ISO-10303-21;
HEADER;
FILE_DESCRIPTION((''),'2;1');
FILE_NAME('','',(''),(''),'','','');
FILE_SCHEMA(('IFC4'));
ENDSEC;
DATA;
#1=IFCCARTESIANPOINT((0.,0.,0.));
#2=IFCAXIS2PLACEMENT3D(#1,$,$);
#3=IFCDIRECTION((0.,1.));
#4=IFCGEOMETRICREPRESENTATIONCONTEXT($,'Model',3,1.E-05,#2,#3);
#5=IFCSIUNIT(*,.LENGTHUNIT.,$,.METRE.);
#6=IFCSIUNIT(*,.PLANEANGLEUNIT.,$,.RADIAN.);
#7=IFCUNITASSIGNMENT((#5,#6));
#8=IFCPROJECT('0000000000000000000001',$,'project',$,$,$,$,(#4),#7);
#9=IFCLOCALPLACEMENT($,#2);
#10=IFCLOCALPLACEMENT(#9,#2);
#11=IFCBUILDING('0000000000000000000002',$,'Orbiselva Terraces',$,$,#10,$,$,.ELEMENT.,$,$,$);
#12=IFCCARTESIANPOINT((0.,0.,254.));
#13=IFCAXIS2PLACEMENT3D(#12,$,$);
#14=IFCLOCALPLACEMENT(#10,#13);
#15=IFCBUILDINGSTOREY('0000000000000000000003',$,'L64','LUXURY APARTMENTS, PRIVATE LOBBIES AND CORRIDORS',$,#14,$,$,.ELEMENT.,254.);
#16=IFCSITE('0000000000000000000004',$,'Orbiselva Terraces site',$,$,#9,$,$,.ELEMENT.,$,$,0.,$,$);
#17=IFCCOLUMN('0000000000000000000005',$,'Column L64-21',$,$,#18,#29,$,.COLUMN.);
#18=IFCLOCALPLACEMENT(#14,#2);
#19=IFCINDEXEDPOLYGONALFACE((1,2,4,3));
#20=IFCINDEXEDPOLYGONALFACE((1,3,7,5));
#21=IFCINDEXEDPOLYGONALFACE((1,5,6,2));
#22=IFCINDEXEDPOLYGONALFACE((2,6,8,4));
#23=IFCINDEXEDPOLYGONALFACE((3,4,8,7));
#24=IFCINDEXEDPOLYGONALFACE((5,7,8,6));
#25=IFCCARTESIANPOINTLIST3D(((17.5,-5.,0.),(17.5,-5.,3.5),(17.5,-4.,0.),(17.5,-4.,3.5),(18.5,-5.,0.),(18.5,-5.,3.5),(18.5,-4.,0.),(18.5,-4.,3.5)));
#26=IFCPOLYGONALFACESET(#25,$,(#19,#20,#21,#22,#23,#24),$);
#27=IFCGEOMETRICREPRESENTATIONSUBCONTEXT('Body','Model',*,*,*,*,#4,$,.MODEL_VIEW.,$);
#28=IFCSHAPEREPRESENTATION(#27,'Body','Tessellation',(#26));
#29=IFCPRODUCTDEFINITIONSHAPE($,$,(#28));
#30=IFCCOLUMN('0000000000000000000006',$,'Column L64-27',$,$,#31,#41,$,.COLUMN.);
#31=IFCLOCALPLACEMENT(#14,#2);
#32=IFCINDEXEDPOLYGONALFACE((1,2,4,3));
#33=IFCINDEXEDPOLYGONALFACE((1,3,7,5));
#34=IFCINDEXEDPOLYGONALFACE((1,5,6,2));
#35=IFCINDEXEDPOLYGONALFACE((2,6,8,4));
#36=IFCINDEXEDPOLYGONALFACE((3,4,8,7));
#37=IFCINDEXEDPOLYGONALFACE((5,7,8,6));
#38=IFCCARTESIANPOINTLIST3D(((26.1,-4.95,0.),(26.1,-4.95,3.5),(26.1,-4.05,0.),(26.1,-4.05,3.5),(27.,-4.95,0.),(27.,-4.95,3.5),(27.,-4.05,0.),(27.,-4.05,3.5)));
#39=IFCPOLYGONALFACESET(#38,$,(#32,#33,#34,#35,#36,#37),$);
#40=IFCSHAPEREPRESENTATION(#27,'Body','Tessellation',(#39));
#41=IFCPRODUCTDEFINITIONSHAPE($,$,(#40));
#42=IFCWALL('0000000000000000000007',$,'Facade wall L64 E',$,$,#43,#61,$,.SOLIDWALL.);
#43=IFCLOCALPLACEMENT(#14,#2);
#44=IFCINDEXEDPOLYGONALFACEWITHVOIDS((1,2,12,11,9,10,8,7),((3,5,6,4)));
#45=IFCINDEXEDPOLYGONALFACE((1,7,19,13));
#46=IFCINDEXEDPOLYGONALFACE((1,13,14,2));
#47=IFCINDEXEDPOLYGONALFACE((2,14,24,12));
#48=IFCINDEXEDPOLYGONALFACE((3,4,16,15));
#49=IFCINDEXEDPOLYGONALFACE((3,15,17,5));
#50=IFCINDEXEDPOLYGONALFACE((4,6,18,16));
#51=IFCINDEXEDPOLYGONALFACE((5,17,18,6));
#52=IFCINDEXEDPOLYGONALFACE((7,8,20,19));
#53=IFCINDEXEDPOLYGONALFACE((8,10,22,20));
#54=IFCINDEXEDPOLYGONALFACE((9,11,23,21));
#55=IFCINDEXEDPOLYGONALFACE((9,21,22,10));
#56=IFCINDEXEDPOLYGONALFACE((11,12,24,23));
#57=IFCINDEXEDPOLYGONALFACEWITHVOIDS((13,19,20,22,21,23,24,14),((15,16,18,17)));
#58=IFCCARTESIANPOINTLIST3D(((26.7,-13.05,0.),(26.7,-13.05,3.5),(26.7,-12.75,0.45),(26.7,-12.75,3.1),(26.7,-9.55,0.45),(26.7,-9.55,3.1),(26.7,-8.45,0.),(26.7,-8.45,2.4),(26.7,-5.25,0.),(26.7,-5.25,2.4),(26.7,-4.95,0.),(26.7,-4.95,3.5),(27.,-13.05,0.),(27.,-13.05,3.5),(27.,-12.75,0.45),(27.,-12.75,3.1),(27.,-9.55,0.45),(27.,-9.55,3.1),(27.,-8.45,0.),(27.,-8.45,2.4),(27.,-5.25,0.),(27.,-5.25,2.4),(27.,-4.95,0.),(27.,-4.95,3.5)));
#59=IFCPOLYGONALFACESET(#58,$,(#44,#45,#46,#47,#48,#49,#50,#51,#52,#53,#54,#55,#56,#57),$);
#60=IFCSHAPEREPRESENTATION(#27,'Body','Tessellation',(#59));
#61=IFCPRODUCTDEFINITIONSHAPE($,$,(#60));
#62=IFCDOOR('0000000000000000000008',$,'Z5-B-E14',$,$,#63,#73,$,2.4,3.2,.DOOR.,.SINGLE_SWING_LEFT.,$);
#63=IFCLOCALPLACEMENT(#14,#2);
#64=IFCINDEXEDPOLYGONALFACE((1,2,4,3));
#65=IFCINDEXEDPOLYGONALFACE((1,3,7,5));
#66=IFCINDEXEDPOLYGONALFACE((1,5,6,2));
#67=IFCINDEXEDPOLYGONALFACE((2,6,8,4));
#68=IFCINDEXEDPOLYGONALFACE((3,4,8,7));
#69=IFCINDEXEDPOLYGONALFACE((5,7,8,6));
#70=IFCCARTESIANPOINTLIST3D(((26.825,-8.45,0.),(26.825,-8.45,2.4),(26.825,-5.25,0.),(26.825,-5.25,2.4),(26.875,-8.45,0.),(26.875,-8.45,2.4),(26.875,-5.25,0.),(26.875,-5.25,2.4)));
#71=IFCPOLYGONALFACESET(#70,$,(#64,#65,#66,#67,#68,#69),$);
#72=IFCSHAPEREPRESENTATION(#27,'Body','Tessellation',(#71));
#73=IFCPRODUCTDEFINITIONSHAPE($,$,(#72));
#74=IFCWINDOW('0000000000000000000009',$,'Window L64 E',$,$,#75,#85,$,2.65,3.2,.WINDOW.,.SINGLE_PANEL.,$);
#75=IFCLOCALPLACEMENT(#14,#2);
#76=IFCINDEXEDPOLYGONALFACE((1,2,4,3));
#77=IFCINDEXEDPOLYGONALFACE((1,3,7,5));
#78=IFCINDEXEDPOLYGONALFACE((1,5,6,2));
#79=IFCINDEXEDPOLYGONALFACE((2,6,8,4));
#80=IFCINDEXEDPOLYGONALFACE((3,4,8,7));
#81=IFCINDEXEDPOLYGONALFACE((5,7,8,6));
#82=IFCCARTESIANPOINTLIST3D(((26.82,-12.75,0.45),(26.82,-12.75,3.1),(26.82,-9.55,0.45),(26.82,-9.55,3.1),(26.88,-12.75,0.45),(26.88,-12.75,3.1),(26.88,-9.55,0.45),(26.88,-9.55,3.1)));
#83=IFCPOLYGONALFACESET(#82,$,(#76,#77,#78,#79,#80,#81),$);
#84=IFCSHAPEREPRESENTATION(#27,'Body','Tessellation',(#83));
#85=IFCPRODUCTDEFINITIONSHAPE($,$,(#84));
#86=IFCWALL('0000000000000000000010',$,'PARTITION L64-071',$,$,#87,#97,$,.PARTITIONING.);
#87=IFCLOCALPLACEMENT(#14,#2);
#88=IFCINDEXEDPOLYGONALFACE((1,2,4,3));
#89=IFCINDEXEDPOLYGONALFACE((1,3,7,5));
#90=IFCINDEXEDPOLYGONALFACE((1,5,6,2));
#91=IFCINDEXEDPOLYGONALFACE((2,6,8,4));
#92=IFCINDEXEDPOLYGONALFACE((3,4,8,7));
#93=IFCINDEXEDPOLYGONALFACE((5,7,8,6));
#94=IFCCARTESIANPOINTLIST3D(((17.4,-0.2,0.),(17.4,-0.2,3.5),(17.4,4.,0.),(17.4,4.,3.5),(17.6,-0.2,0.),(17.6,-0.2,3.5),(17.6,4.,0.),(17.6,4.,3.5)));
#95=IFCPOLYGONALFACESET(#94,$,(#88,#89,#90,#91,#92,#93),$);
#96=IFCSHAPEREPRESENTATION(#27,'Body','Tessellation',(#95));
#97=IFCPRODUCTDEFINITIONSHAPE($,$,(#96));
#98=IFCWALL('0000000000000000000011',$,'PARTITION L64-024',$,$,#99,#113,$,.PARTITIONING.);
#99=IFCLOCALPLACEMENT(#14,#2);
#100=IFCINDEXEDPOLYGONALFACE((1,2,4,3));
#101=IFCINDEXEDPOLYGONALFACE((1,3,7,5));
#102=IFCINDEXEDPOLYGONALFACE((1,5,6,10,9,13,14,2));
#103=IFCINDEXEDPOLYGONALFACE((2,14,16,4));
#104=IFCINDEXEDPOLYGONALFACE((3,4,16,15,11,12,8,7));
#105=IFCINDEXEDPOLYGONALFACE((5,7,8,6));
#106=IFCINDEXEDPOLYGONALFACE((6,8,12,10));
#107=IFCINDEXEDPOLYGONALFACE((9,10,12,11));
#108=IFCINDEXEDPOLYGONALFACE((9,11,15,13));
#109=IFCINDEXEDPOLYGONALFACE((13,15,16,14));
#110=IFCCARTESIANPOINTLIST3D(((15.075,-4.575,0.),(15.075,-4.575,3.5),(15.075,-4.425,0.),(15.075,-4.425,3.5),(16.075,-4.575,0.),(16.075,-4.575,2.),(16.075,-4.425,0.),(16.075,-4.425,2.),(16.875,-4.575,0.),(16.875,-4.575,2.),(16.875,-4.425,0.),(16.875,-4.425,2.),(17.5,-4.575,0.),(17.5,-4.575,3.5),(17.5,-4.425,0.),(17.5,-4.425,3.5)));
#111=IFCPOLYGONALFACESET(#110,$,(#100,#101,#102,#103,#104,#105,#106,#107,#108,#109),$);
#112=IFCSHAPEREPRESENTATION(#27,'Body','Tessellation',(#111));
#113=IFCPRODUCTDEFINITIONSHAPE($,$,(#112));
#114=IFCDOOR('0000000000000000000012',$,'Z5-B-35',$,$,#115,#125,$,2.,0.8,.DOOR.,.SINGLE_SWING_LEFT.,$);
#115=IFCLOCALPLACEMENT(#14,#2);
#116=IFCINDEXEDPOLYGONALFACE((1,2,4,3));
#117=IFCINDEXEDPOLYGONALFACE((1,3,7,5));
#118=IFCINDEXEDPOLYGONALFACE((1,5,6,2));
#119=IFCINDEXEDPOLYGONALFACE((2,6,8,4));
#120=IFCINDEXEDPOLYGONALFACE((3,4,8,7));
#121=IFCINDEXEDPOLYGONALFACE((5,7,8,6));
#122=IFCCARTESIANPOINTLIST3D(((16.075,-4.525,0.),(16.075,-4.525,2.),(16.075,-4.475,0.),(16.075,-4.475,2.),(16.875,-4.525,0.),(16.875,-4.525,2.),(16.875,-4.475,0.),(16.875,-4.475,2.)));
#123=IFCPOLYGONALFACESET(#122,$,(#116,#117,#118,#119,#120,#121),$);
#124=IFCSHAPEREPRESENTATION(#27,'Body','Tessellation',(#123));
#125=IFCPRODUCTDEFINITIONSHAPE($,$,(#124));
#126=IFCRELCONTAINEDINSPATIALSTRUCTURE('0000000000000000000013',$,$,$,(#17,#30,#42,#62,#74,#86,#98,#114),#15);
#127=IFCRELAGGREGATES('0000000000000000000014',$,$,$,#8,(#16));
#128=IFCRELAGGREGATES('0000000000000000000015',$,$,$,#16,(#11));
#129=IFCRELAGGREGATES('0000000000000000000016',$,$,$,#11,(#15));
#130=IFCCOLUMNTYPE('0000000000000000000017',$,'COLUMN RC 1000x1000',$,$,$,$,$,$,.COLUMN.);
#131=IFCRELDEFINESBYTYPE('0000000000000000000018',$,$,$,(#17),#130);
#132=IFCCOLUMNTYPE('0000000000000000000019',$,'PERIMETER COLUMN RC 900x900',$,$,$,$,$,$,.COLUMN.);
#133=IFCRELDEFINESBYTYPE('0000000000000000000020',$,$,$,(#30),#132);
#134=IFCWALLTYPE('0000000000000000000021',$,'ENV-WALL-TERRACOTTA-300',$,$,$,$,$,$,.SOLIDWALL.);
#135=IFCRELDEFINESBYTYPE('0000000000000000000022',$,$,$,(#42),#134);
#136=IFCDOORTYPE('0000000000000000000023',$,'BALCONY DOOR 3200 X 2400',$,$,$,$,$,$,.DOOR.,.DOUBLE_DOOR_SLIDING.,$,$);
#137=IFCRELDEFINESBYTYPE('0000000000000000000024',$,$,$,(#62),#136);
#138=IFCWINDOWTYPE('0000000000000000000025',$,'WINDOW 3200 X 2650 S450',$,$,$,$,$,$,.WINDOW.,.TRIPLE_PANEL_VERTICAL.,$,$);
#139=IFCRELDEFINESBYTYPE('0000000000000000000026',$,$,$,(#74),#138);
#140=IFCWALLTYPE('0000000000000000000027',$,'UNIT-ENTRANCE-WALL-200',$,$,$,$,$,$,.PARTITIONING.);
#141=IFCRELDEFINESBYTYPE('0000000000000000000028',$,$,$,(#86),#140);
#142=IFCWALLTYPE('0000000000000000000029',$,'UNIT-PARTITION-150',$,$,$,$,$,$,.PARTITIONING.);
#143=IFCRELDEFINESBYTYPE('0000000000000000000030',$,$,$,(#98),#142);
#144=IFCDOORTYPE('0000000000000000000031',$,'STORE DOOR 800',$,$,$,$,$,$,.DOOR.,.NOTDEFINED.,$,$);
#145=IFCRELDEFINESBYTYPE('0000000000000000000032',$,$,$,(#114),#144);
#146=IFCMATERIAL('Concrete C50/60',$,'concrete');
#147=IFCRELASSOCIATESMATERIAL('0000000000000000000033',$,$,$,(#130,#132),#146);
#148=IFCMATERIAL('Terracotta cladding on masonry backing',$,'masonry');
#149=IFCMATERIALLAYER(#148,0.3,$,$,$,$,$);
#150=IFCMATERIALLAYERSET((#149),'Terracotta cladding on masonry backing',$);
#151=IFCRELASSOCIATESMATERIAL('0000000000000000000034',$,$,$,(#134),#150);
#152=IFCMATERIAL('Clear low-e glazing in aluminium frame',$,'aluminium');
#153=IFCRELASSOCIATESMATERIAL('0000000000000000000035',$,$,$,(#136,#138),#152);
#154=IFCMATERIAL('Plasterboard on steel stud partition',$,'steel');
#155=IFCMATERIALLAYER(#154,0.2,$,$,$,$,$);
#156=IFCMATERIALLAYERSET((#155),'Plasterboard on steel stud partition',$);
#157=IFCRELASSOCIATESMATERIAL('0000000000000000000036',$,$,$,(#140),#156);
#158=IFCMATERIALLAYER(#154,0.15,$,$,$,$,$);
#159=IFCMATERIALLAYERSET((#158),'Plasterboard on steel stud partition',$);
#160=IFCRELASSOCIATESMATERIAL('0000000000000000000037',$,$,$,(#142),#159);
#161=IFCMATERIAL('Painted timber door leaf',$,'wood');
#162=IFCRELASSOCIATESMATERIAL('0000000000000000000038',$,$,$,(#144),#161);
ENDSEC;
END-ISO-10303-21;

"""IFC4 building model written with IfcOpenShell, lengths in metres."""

from ifc_helpers import new_model, si_unit, direction, frame, frame_2d, origin, origin_2d, place, context, subcontext, project, spatial, rectangle, extrude, material, layer, layer_set, material_profile, profile_set, type_object, element, fill, save


model = new_model("IFC4")

# Units and contexts
model_context = context("Model", 3, precision=1e-05, world=origin(), true_north=direction((0.0, 1.0)))
body_context = subcontext(model_context, "Body", "Model", "MODEL_VIEW")
ifc_project = project(units=[si_unit("LENGTHUNIT", "METRE"), si_unit("PLANEANGLEUNIT", "RADIAN")], contexts=[model_context])

# Site, building, storey
site_placement = place(None, origin())
site = spatial("IfcSite", under=ifc_project, at=site_placement, Name="Orbiselva Terraces site", CompositionType="ELEMENT", RefElevation=0.0)
building_placement = place(site_placement, origin())
building = spatial("IfcBuilding", under=site, at=building_placement, Name="Orbiselva Terraces", CompositionType="ELEMENT")
storey_placement = place(building_placement, frame((0.0, 0.0, 254.0)))
storey = spatial("IfcBuildingStorey", under=building, at=storey_placement, Name="L64", Description="LUXURY APARTMENTS, PRIVATE LOBBIES AND CORRIDORS", CompositionType="ELEMENT", Elevation=254.0)

# Columns
ifc_material_1 = material(Name="Concrete C50/60", Category="concrete")
ifc_material_profile_1 = material_profile(ifc_material_1, rectangle(XDim=1.0, YDim=1.0, at=origin_2d()), Name="RC 1000x1000")
ifc_profile_set_1 = profile_set([ifc_material_profile_1], Name="Concrete C50/60")
column_type_1 = type_object("IfcColumnType", Name="COLUMN RC 1000x1000", PredefinedType="COLUMN", material=ifc_profile_set_1)
column_1_placement = place(storey_placement, frame((18.0, -4.5, 0.0), z_axis=(0.0, 0.0, 1.0), x_axis=(1.0, 0.0, 0.0)))
element("IfcColumn", 1, at=column_1_placement, inside=storey, type_object=column_type_1, Name="Column L64-21", PredefinedType="COLUMN", context=body_context, shape_type="SweptSolid", body=[
    extrude(rectangle(XDim=1.0, YDim=1.0, at=origin_2d()), origin(), (0.0, 0.0, 1.0), 3.5),
])
ifc_material_profile_2 = material_profile(ifc_material_1, rectangle(XDim=0.9, YDim=0.9, at=origin_2d()), Name="RC 900x900")
ifc_profile_set_2 = profile_set([ifc_material_profile_2], Name="Concrete C50/60")
column_type_2 = type_object("IfcColumnType", Name="PERIMETER COLUMN RC 900x900", PredefinedType="COLUMN", material=ifc_profile_set_2)
column_2_placement = place(storey_placement, frame((26.55, -4.5, 0.0), z_axis=(0.0, 0.0, 1.0), x_axis=(1.0, 0.0, 0.0)))
element("IfcColumn", 2, at=column_2_placement, inside=storey, type_object=column_type_2, Name="Column L64-27", PredefinedType="COLUMN", context=body_context, shape_type="SweptSolid", body=[
    extrude(rectangle(XDim=0.9, YDim=0.9, at=origin_2d()), origin(), (0.0, 0.0, 1.0), 3.5),
])

# Wall, openings, door, window
ifc_material_2 = material(Name="Terracotta cladding on masonry backing", Category="masonry")
ifc_layer_1 = layer(ifc_material_2, 0.3)
ifc_layer_set_1 = layer_set([ifc_layer_1], Name="Terracotta cladding on masonry backing")
wall_type_1 = type_object("IfcWallType", Name="ENV-WALL-TERRACOTTA-300", PredefinedType="SOLIDWALL", material=ifc_layer_set_1)
wall_1_placement = place(storey_placement, frame((26.85, -4.95, 0.0), z_axis=(0.0, 0.0, 1.0), x_axis=(0.0, -1.0, 0.0)))
wall_1 = element("IfcWall", 3, at=wall_1_placement, inside=storey, type_object=wall_type_1, Name="Facade wall L64 E", PredefinedType="SOLIDWALL", context=body_context, shape_type="SweptSolid", body=[
    extrude(rectangle(XDim=8.1, YDim=0.3, at=frame_2d((4.05, 0.0))), origin(), (0.0, 0.0, 1.0), 3.5),
])
opening_1_placement = place(wall_1_placement, frame((4.6, 0.0, 0.45)))
opening_1 = element("IfcOpeningElement", 4, at=opening_1_placement, cuts=wall_1, PredefinedType="OPENING", context=body_context, shape_type="SweptSolid", body=[
    extrude(rectangle(XDim=3.2, YDim=2.65, at=frame_2d((1.6, 1.325))), frame((0.0, 0.16, 0.0), z_axis=(0.0, -1.0, 0.0), x_axis=(1.0, 0.0, 0.0)), (0.0, 0.0, 1.0), 0.32),
])
opening_2_placement = place(wall_1_placement, frame((0.3, 0.0, 0.0)))
opening_2 = element("IfcOpeningElement", 5, at=opening_2_placement, cuts=wall_1, PredefinedType="OPENING", context=body_context, shape_type="SweptSolid", body=[
    extrude(rectangle(XDim=3.2, YDim=2.4, at=frame_2d((1.6, 1.2))), frame((0.0, 0.16, 0.0), z_axis=(0.0, -1.0, 0.0), x_axis=(1.0, 0.0, 0.0)), (0.0, 0.0, 1.0), 0.32),
])
ifc_material_3 = material(Name="Clear low-e glazing in aluminium frame", Category="aluminium")
door_type_1 = type_object("IfcDoorType", Name="BALCONY DOOR 3200 X 2400", OperationType="DOUBLE_DOOR_SLIDING", PredefinedType="DOOR", material=ifc_material_3)
door_1_placement = place(opening_2_placement, origin())
door_1 = element("IfcDoor", 6, at=door_1_placement, inside=storey, type_object=door_type_1, Name="Z5-B-E14", OperationType="SINGLE_SWING_LEFT", OverallHeight=2.4, OverallWidth=3.2, PredefinedType="DOOR", context=body_context, shape_type="SweptSolid", body=[
    extrude(rectangle(XDim=3.2, YDim=2.4, at=frame_2d((1.6, 1.2))), frame((0.0, 0.025, 0.0), z_axis=(0.0, -1.0, 0.0), x_axis=(1.0, 0.0, 0.0)), (0.0, 0.0, 1.0), 0.05),
])
fill(opening_2, door_1)
window_type = type_object("IfcWindowType", Name="WINDOW 3200 X 2650 S450", PartitioningType="TRIPLE_PANEL_VERTICAL", PredefinedType="WINDOW", material=ifc_material_3)
window_placement = place(opening_1_placement, origin())
window = element("IfcWindow", 7, at=window_placement, inside=storey, type_object=window_type, Name="Window L64 E", OverallHeight=2.65, OverallWidth=3.2, PartitioningType="SINGLE_PANEL", PredefinedType="WINDOW", context=body_context, shape_type="SweptSolid", body=[
    extrude(rectangle(XDim=3.2, YDim=2.65, at=frame_2d((1.6, 1.325))), frame((0.0, 0.03, 0.0), z_axis=(0.0, -1.0, 0.0), x_axis=(1.0, 0.0, 0.0)), (0.0, 0.0, 1.0), 0.06),
])
fill(opening_1, window)

# Wall
ifc_material_4 = material(Name="Plasterboard on steel stud partition", Category="steel")
ifc_layer_2 = layer(ifc_material_4, 0.2)
ifc_layer_set_2 = layer_set([ifc_layer_2], Name="Plasterboard on steel stud partition")
wall_type_2 = type_object("IfcWallType", Name="UNIT-ENTRANCE-WALL-200", PredefinedType="PARTITIONING", material=ifc_layer_set_2)
wall_2_placement = place(storey_placement, frame((17.5, -0.2, 0.0), z_axis=(0.0, 0.0, 1.0), x_axis=(0.0, 1.0, 0.0)))
element("IfcWall", 8, at=wall_2_placement, inside=storey, type_object=wall_type_2, Name="PARTITION L64-071", PredefinedType="PARTITIONING", context=body_context, shape_type="SweptSolid", body=[
    extrude(rectangle(XDim=4.2, YDim=0.2, at=frame_2d((2.1, 0.0))), origin(), (0.0, 0.0, 1.0), 3.5),
])

# Wall, opening, door
ifc_layer_3 = layer(ifc_material_4, 0.15)
ifc_layer_set_3 = layer_set([ifc_layer_3], Name="Plasterboard on steel stud partition")
wall_type_3 = type_object("IfcWallType", Name="UNIT-PARTITION-150", PredefinedType="PARTITIONING", material=ifc_layer_set_3)
wall_3_placement = place(storey_placement, frame((17.5, -4.5, 0.0), z_axis=(0.0, 0.0, 1.0), x_axis=(-1.0, 0.0, 0.0)))
wall_3 = element("IfcWall", 9, at=wall_3_placement, inside=storey, type_object=wall_type_3, Name="PARTITION L64-024", PredefinedType="PARTITIONING", context=body_context, shape_type="SweptSolid", body=[
    extrude(rectangle(XDim=2.425, YDim=0.15, at=frame_2d((1.2125, 0.0))), origin(), (0.0, 0.0, 1.0), 3.5),
])
opening_3_placement = place(wall_3_placement, frame((0.625, 0.0, 0.0)))
opening_3 = element("IfcOpeningElement", 10, at=opening_3_placement, cuts=wall_3, PredefinedType="OPENING", context=body_context, shape_type="SweptSolid", body=[
    extrude(rectangle(XDim=0.8, YDim=2.0, at=frame_2d((0.4, 1.0))), frame((0.0, 0.085, 0.0), z_axis=(0.0, -1.0, 0.0), x_axis=(1.0, 0.0, 0.0)), (0.0, 0.0, 1.0), 0.17),
])
ifc_material_5 = material(Name="Painted timber door leaf", Category="wood")
door_type_2 = type_object("IfcDoorType", Name="STORE DOOR 800", OperationType="NOTDEFINED", PredefinedType="DOOR", material=ifc_material_5)
door_2_placement = place(opening_3_placement, origin())
door_2 = element("IfcDoor", 11, at=door_2_placement, inside=storey, type_object=door_type_2, Name="Z5-B-35", OperationType="SINGLE_SWING_LEFT", OverallHeight=2.0, OverallWidth=0.8, PredefinedType="DOOR", context=body_context, shape_type="SweptSolid", body=[
    extrude(rectangle(XDim=0.8, YDim=2.0, at=frame_2d((0.4, 1.0))), frame((0.0, 0.025, 0.0), z_axis=(0.0, -1.0, 0.0), x_axis=(1.0, 0.0, 0.0)), (0.0, 0.0, 1.0), 0.05),
])
fill(opening_3, door_2)

save(model, "model.ifc")
